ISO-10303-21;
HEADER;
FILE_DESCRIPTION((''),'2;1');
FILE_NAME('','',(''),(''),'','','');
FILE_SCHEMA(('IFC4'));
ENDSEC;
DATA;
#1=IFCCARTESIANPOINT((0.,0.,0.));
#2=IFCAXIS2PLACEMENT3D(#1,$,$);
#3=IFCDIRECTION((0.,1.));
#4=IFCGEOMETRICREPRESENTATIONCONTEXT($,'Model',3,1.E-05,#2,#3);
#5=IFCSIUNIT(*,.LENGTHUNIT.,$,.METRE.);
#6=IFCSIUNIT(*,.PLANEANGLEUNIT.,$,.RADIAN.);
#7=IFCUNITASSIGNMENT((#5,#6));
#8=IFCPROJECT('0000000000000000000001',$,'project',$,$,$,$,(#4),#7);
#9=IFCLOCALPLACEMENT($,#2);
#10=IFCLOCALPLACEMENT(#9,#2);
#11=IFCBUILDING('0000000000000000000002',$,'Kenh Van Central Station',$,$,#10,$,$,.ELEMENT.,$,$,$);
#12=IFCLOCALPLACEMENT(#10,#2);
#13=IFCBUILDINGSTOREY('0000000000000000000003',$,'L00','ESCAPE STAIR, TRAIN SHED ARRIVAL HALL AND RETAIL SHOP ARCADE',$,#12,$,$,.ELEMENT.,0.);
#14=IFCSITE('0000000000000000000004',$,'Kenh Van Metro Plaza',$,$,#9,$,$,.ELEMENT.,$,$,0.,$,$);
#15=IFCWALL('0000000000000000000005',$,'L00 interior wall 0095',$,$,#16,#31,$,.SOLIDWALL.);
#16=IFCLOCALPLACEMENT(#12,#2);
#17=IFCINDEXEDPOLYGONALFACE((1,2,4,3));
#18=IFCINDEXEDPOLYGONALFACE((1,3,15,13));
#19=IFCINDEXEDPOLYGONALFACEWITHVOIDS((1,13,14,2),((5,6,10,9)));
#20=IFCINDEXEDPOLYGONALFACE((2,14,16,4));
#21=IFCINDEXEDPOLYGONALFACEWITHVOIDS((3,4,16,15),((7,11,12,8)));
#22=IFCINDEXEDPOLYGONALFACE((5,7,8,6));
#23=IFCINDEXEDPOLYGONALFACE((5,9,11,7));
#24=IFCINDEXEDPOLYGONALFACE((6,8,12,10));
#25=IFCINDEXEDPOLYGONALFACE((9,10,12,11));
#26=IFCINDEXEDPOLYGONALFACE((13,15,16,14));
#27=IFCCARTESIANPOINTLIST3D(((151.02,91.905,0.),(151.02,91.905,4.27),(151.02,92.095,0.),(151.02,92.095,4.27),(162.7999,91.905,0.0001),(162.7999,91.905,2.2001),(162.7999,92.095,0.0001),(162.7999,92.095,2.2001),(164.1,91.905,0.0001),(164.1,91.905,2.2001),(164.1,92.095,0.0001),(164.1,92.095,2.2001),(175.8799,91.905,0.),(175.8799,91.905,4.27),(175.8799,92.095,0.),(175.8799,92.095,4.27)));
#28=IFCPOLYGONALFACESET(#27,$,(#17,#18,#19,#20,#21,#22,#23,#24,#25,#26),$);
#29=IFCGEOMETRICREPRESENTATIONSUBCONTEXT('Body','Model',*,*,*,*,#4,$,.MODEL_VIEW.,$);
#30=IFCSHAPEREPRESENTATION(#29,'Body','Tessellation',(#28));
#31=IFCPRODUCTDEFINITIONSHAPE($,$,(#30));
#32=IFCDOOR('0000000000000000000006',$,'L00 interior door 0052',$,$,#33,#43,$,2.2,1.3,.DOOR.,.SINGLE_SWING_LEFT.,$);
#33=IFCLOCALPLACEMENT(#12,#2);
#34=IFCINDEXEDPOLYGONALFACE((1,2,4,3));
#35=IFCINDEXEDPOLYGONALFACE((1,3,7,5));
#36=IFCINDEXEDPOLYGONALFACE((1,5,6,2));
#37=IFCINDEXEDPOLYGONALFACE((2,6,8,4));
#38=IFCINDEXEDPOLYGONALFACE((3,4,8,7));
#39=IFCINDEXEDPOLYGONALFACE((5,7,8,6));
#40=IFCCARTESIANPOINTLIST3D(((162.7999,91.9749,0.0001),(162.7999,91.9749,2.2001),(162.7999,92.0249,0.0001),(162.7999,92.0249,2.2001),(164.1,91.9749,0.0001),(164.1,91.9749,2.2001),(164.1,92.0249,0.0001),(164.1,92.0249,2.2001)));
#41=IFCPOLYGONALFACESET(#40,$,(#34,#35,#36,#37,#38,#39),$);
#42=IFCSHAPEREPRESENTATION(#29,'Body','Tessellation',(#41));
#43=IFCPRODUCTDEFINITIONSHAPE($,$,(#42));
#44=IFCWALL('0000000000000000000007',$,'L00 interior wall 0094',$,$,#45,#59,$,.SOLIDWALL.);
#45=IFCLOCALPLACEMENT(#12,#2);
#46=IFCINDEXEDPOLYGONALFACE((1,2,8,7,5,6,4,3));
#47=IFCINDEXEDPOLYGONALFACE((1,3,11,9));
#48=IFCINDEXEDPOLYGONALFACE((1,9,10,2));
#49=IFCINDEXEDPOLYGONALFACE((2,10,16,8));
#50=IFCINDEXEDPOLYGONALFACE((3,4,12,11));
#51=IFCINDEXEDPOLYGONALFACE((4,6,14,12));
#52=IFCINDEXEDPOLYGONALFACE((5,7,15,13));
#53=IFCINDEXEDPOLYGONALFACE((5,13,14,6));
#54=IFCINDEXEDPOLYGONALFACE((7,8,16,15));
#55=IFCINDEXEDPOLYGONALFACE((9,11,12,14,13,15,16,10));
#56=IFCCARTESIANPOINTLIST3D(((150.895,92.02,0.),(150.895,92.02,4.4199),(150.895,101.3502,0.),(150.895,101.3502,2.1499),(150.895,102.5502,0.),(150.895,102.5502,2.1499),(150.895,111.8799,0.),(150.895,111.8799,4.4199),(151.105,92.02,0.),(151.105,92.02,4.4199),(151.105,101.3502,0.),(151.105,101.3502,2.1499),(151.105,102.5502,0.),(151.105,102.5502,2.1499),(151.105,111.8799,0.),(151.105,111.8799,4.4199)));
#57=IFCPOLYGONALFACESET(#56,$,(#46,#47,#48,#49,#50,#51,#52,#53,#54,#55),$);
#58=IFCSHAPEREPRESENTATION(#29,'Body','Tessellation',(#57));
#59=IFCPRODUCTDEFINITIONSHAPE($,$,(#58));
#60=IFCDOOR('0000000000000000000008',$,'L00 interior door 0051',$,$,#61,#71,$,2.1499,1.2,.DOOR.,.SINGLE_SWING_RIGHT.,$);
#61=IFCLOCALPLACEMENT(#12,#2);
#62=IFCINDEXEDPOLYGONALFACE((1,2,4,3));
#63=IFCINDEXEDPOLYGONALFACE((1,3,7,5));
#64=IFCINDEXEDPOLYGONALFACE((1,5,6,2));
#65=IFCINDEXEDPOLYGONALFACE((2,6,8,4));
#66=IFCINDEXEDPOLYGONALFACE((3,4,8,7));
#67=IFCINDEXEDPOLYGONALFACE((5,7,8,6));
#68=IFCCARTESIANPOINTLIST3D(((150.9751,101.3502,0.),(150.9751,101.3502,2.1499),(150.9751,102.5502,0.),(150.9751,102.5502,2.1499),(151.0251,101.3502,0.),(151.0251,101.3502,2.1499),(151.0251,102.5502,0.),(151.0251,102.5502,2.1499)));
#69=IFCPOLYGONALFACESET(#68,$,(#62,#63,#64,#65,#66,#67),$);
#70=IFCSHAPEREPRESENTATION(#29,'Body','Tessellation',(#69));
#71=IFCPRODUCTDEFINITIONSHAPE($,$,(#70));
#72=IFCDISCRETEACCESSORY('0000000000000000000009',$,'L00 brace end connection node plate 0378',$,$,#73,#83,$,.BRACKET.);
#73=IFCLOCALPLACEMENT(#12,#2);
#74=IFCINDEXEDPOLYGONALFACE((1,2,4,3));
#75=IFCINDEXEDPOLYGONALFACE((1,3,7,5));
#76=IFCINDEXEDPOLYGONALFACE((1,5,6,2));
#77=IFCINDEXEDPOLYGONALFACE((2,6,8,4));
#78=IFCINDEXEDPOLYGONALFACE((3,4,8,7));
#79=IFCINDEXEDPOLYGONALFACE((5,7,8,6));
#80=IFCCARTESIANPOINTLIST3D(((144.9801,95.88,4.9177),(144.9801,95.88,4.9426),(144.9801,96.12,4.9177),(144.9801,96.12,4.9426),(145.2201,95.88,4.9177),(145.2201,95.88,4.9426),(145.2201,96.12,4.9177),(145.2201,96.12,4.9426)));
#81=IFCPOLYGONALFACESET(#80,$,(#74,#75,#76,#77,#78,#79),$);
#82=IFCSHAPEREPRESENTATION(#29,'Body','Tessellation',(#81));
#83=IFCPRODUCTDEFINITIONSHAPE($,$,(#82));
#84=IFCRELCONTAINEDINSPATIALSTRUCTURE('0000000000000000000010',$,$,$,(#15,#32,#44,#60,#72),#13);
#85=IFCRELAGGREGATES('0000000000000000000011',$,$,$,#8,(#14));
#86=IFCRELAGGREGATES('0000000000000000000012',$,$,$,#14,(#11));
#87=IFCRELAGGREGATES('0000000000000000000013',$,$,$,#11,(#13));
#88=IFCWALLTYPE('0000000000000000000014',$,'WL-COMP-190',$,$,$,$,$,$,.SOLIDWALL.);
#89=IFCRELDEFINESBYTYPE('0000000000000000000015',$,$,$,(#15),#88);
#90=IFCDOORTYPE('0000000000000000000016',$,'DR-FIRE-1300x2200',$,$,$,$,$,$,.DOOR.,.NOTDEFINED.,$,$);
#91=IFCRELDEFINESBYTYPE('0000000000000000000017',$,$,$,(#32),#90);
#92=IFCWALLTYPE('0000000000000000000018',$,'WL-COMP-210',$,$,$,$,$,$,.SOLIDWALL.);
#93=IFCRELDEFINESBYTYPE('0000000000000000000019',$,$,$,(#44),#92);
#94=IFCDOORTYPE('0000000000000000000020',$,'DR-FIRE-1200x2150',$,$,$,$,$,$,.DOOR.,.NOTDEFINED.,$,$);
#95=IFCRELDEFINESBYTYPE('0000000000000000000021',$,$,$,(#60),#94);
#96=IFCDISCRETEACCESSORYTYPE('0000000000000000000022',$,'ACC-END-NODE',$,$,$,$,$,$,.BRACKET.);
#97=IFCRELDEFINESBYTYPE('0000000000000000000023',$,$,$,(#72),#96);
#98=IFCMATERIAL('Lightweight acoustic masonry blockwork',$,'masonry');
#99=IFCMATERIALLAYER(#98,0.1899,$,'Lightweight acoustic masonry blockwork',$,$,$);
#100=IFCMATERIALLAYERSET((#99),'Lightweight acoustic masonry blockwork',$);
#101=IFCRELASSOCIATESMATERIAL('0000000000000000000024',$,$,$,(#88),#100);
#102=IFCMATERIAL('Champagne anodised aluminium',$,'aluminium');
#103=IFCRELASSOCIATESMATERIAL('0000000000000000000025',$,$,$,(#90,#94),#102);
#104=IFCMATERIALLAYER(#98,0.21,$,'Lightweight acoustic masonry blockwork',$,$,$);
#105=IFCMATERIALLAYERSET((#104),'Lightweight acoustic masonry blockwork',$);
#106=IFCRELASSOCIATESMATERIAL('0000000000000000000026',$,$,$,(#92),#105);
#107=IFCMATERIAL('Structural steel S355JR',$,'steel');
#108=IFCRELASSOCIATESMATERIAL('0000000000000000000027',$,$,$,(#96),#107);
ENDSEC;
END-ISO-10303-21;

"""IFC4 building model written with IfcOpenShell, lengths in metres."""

from ifc_helpers import new_model, si_unit, direction, frame, frame_2d, origin, origin_2d, place, context, subcontext, project, spatial, rectangle, extrude, material, layer, layer_set, type_object, element, fill, save


model = new_model("IFC4")

# Units and contexts
model_context = context("Model", 3, precision=1e-05, world=origin(), true_north=direction((0.0, 1.0)))
body_context = subcontext(model_context, "Body", "Model", "MODEL_VIEW")
ifc_project = project(units=[si_unit("LENGTHUNIT", "METRE"), si_unit("PLANEANGLEUNIT", "RADIAN")], contexts=[model_context])

# Site, building, storey
site_placement = place(None, origin())
site = spatial("IfcSite", under=ifc_project, at=site_placement, Name="Kenh Van Metro Plaza", CompositionType="ELEMENT", RefElevation=0.0)
building_placement = place(site_placement, origin())
building = spatial("IfcBuilding", under=site, at=building_placement, Name="Kenh Van Central Station", CompositionType="ELEMENT")
storey_placement = place(building_placement, origin())
storey = spatial("IfcBuildingStorey", under=building, at=storey_placement, Name="L00", Description="ESCAPE STAIR, TRAIN SHED ARRIVAL HALL AND RETAIL SHOP ARCADE", CompositionType="ELEMENT", Elevation=0.0)

# Shared definitions
ifc_material_1 = material(Name="Champagne anodised aluminium", Category="aluminium")

# Walls, openings, doors
ifc_material_2 = material(Name="Lightweight acoustic masonry blockwork", Category="masonry")
ifc_layer_1 = layer(ifc_material_2, 0.1899, Name="Lightweight acoustic masonry blockwork")
ifc_layer_set_1 = layer_set([ifc_layer_1], Name="Lightweight acoustic masonry blockwork")
wall_type_1 = type_object("IfcWallType", Name="WL-COMP-190", PredefinedType="SOLIDWALL", material=ifc_layer_set_1)
wall_1_placement = place(storey_placement, frame((151.02, 92.0, 0.0), z_axis=(0.0, 0.0, 1.0), x_axis=(1.0, 0.0, 0.0)))
wall_1 = element("IfcWall", 1, at=wall_1_placement, inside=storey, type_object=wall_type_1, Name="L00 interior wall 0095", PredefinedType="SOLIDWALL", context=body_context, shape_type="SweptSolid", body=[
    extrude(rectangle(XDim=24.8599, YDim=0.1899, at=frame_2d((12.4299, 0.0))), origin(), (0.0, 0.0, 1.0), 4.27),
])
opening_1_placement = place(wall_1_placement, frame((11.78, 0.0, 0.0)))
opening_1 = element("IfcOpeningElement", 2, at=opening_1_placement, cuts=wall_1, PredefinedType="OPENING", context=body_context, shape_type="SweptSolid", body=[
    extrude(rectangle(XDim=1.3, YDim=2.2, at=frame_2d((0.6499, 1.1001))), frame((0.0, 0.105, 0.0), z_axis=(0.0, -1.0, 0.0), x_axis=(1.0, 0.0, 0.0)), (0.0, 0.0, 1.0), 0.21),
])
door_type_1 = type_object("IfcDoorType", Name="DR-FIRE-1300x2200", OperationType="NOTDEFINED", PredefinedType="DOOR", material=ifc_material_1)
door_1_placement = place(opening_1_placement, origin())
door_1 = element("IfcDoor", 3, at=door_1_placement, inside=storey, type_object=door_type_1, Name="L00 interior door 0052", OperationType="SINGLE_SWING_LEFT", OverallHeight=2.2, OverallWidth=1.3, PredefinedType="DOOR", context=body_context, shape_type="SweptSolid", body=[
    extrude(rectangle(XDim=1.3, YDim=2.2, at=frame_2d((0.6499, 1.1001))), frame((0.0, 0.0249, 0.0), z_axis=(0.0, -1.0, 0.0), x_axis=(1.0, 0.0, 0.0)), (0.0, 0.0, 1.0), 0.05),
])
fill(opening_1, door_1)
ifc_layer_2 = layer(ifc_material_2, 0.21, Name="Lightweight acoustic masonry blockwork")
ifc_layer_set_2 = layer_set([ifc_layer_2], Name="Lightweight acoustic masonry blockwork")
wall_type_2 = type_object("IfcWallType", Name="WL-COMP-210", PredefinedType="SOLIDWALL", material=ifc_layer_set_2)
wall_2_placement = place(storey_placement, frame((151.0, 92.02, 0.0), z_axis=(0.0, 0.0, 1.0), x_axis=(0.0, 1.0, 0.0)))
wall_2 = element("IfcWall", 4, at=wall_2_placement, inside=storey, type_object=wall_type_2, Name="L00 interior wall 0094", PredefinedType="SOLIDWALL", context=body_context, shape_type="SweptSolid", body=[
    extrude(rectangle(XDim=19.8599, YDim=0.21, at=frame_2d((9.9299, 0.0))), origin(), (0.0, 0.0, 1.0), 4.4199),
])
opening_2_placement = place(wall_2_placement, frame((9.3301, 0.0, 0.0)))
opening_2 = element("IfcOpeningElement", 5, at=opening_2_placement, cuts=wall_2, PredefinedType="OPENING", context=body_context, shape_type="SweptSolid", body=[
    extrude(rectangle(XDim=1.2, YDim=2.1499, at=frame_2d((0.6001, 1.075))), frame((0.0, 0.115, 0.0), z_axis=(0.0, -1.0, 0.0), x_axis=(1.0, 0.0, 0.0)), (0.0, 0.0, 1.0), 0.23),
])
door_type_2 = type_object("IfcDoorType", Name="DR-FIRE-1200x2150", OperationType="NOTDEFINED", PredefinedType="DOOR", material=ifc_material_1)
door_2_placement = place(opening_2_placement, origin())
door_2 = element("IfcDoor", 6, at=door_2_placement, inside=storey, type_object=door_type_2, Name="L00 interior door 0051", OperationType="SINGLE_SWING_RIGHT", OverallHeight=2.1499, OverallWidth=1.2, PredefinedType="DOOR", context=body_context, shape_type="SweptSolid", body=[
    extrude(rectangle(XDim=1.2, YDim=2.1499, at=frame_2d((0.6001, 1.075))), frame((0.0, 0.0249, 0.0), z_axis=(0.0, -1.0, 0.0), x_axis=(1.0, 0.0, 0.0)), (0.0, 0.0, 1.0), 0.05),
])
fill(opening_2, door_2)

# Discrete accessory
ifc_material_3 = material(Name="Structural steel S355JR", Category="steel")
discrete_accessory_type = type_object("IfcDiscreteAccessoryType", Name="ACC-END-NODE", PredefinedType="BRACKET", material=ifc_material_3)
discrete_accessory_placement = place(storey_placement, frame((145.1001, 96.0, 4.9177), z_axis=(0.0, 0.0, 1.0), x_axis=(1.0, 0.0, 0.0)))
element("IfcDiscreteAccessory", 7, at=discrete_accessory_placement, inside=storey, type_object=discrete_accessory_type, Name="L00 brace end connection node plate 0378", PredefinedType="BRACKET", context=body_context, shape_type="SweptSolid", body=[
    extrude(rectangle(XDim=0.24, YDim=0.24, at=origin_2d()), origin(), (0.0, 0.0, 1.0), 0.0249),
])

save(model, "model.ifc")
